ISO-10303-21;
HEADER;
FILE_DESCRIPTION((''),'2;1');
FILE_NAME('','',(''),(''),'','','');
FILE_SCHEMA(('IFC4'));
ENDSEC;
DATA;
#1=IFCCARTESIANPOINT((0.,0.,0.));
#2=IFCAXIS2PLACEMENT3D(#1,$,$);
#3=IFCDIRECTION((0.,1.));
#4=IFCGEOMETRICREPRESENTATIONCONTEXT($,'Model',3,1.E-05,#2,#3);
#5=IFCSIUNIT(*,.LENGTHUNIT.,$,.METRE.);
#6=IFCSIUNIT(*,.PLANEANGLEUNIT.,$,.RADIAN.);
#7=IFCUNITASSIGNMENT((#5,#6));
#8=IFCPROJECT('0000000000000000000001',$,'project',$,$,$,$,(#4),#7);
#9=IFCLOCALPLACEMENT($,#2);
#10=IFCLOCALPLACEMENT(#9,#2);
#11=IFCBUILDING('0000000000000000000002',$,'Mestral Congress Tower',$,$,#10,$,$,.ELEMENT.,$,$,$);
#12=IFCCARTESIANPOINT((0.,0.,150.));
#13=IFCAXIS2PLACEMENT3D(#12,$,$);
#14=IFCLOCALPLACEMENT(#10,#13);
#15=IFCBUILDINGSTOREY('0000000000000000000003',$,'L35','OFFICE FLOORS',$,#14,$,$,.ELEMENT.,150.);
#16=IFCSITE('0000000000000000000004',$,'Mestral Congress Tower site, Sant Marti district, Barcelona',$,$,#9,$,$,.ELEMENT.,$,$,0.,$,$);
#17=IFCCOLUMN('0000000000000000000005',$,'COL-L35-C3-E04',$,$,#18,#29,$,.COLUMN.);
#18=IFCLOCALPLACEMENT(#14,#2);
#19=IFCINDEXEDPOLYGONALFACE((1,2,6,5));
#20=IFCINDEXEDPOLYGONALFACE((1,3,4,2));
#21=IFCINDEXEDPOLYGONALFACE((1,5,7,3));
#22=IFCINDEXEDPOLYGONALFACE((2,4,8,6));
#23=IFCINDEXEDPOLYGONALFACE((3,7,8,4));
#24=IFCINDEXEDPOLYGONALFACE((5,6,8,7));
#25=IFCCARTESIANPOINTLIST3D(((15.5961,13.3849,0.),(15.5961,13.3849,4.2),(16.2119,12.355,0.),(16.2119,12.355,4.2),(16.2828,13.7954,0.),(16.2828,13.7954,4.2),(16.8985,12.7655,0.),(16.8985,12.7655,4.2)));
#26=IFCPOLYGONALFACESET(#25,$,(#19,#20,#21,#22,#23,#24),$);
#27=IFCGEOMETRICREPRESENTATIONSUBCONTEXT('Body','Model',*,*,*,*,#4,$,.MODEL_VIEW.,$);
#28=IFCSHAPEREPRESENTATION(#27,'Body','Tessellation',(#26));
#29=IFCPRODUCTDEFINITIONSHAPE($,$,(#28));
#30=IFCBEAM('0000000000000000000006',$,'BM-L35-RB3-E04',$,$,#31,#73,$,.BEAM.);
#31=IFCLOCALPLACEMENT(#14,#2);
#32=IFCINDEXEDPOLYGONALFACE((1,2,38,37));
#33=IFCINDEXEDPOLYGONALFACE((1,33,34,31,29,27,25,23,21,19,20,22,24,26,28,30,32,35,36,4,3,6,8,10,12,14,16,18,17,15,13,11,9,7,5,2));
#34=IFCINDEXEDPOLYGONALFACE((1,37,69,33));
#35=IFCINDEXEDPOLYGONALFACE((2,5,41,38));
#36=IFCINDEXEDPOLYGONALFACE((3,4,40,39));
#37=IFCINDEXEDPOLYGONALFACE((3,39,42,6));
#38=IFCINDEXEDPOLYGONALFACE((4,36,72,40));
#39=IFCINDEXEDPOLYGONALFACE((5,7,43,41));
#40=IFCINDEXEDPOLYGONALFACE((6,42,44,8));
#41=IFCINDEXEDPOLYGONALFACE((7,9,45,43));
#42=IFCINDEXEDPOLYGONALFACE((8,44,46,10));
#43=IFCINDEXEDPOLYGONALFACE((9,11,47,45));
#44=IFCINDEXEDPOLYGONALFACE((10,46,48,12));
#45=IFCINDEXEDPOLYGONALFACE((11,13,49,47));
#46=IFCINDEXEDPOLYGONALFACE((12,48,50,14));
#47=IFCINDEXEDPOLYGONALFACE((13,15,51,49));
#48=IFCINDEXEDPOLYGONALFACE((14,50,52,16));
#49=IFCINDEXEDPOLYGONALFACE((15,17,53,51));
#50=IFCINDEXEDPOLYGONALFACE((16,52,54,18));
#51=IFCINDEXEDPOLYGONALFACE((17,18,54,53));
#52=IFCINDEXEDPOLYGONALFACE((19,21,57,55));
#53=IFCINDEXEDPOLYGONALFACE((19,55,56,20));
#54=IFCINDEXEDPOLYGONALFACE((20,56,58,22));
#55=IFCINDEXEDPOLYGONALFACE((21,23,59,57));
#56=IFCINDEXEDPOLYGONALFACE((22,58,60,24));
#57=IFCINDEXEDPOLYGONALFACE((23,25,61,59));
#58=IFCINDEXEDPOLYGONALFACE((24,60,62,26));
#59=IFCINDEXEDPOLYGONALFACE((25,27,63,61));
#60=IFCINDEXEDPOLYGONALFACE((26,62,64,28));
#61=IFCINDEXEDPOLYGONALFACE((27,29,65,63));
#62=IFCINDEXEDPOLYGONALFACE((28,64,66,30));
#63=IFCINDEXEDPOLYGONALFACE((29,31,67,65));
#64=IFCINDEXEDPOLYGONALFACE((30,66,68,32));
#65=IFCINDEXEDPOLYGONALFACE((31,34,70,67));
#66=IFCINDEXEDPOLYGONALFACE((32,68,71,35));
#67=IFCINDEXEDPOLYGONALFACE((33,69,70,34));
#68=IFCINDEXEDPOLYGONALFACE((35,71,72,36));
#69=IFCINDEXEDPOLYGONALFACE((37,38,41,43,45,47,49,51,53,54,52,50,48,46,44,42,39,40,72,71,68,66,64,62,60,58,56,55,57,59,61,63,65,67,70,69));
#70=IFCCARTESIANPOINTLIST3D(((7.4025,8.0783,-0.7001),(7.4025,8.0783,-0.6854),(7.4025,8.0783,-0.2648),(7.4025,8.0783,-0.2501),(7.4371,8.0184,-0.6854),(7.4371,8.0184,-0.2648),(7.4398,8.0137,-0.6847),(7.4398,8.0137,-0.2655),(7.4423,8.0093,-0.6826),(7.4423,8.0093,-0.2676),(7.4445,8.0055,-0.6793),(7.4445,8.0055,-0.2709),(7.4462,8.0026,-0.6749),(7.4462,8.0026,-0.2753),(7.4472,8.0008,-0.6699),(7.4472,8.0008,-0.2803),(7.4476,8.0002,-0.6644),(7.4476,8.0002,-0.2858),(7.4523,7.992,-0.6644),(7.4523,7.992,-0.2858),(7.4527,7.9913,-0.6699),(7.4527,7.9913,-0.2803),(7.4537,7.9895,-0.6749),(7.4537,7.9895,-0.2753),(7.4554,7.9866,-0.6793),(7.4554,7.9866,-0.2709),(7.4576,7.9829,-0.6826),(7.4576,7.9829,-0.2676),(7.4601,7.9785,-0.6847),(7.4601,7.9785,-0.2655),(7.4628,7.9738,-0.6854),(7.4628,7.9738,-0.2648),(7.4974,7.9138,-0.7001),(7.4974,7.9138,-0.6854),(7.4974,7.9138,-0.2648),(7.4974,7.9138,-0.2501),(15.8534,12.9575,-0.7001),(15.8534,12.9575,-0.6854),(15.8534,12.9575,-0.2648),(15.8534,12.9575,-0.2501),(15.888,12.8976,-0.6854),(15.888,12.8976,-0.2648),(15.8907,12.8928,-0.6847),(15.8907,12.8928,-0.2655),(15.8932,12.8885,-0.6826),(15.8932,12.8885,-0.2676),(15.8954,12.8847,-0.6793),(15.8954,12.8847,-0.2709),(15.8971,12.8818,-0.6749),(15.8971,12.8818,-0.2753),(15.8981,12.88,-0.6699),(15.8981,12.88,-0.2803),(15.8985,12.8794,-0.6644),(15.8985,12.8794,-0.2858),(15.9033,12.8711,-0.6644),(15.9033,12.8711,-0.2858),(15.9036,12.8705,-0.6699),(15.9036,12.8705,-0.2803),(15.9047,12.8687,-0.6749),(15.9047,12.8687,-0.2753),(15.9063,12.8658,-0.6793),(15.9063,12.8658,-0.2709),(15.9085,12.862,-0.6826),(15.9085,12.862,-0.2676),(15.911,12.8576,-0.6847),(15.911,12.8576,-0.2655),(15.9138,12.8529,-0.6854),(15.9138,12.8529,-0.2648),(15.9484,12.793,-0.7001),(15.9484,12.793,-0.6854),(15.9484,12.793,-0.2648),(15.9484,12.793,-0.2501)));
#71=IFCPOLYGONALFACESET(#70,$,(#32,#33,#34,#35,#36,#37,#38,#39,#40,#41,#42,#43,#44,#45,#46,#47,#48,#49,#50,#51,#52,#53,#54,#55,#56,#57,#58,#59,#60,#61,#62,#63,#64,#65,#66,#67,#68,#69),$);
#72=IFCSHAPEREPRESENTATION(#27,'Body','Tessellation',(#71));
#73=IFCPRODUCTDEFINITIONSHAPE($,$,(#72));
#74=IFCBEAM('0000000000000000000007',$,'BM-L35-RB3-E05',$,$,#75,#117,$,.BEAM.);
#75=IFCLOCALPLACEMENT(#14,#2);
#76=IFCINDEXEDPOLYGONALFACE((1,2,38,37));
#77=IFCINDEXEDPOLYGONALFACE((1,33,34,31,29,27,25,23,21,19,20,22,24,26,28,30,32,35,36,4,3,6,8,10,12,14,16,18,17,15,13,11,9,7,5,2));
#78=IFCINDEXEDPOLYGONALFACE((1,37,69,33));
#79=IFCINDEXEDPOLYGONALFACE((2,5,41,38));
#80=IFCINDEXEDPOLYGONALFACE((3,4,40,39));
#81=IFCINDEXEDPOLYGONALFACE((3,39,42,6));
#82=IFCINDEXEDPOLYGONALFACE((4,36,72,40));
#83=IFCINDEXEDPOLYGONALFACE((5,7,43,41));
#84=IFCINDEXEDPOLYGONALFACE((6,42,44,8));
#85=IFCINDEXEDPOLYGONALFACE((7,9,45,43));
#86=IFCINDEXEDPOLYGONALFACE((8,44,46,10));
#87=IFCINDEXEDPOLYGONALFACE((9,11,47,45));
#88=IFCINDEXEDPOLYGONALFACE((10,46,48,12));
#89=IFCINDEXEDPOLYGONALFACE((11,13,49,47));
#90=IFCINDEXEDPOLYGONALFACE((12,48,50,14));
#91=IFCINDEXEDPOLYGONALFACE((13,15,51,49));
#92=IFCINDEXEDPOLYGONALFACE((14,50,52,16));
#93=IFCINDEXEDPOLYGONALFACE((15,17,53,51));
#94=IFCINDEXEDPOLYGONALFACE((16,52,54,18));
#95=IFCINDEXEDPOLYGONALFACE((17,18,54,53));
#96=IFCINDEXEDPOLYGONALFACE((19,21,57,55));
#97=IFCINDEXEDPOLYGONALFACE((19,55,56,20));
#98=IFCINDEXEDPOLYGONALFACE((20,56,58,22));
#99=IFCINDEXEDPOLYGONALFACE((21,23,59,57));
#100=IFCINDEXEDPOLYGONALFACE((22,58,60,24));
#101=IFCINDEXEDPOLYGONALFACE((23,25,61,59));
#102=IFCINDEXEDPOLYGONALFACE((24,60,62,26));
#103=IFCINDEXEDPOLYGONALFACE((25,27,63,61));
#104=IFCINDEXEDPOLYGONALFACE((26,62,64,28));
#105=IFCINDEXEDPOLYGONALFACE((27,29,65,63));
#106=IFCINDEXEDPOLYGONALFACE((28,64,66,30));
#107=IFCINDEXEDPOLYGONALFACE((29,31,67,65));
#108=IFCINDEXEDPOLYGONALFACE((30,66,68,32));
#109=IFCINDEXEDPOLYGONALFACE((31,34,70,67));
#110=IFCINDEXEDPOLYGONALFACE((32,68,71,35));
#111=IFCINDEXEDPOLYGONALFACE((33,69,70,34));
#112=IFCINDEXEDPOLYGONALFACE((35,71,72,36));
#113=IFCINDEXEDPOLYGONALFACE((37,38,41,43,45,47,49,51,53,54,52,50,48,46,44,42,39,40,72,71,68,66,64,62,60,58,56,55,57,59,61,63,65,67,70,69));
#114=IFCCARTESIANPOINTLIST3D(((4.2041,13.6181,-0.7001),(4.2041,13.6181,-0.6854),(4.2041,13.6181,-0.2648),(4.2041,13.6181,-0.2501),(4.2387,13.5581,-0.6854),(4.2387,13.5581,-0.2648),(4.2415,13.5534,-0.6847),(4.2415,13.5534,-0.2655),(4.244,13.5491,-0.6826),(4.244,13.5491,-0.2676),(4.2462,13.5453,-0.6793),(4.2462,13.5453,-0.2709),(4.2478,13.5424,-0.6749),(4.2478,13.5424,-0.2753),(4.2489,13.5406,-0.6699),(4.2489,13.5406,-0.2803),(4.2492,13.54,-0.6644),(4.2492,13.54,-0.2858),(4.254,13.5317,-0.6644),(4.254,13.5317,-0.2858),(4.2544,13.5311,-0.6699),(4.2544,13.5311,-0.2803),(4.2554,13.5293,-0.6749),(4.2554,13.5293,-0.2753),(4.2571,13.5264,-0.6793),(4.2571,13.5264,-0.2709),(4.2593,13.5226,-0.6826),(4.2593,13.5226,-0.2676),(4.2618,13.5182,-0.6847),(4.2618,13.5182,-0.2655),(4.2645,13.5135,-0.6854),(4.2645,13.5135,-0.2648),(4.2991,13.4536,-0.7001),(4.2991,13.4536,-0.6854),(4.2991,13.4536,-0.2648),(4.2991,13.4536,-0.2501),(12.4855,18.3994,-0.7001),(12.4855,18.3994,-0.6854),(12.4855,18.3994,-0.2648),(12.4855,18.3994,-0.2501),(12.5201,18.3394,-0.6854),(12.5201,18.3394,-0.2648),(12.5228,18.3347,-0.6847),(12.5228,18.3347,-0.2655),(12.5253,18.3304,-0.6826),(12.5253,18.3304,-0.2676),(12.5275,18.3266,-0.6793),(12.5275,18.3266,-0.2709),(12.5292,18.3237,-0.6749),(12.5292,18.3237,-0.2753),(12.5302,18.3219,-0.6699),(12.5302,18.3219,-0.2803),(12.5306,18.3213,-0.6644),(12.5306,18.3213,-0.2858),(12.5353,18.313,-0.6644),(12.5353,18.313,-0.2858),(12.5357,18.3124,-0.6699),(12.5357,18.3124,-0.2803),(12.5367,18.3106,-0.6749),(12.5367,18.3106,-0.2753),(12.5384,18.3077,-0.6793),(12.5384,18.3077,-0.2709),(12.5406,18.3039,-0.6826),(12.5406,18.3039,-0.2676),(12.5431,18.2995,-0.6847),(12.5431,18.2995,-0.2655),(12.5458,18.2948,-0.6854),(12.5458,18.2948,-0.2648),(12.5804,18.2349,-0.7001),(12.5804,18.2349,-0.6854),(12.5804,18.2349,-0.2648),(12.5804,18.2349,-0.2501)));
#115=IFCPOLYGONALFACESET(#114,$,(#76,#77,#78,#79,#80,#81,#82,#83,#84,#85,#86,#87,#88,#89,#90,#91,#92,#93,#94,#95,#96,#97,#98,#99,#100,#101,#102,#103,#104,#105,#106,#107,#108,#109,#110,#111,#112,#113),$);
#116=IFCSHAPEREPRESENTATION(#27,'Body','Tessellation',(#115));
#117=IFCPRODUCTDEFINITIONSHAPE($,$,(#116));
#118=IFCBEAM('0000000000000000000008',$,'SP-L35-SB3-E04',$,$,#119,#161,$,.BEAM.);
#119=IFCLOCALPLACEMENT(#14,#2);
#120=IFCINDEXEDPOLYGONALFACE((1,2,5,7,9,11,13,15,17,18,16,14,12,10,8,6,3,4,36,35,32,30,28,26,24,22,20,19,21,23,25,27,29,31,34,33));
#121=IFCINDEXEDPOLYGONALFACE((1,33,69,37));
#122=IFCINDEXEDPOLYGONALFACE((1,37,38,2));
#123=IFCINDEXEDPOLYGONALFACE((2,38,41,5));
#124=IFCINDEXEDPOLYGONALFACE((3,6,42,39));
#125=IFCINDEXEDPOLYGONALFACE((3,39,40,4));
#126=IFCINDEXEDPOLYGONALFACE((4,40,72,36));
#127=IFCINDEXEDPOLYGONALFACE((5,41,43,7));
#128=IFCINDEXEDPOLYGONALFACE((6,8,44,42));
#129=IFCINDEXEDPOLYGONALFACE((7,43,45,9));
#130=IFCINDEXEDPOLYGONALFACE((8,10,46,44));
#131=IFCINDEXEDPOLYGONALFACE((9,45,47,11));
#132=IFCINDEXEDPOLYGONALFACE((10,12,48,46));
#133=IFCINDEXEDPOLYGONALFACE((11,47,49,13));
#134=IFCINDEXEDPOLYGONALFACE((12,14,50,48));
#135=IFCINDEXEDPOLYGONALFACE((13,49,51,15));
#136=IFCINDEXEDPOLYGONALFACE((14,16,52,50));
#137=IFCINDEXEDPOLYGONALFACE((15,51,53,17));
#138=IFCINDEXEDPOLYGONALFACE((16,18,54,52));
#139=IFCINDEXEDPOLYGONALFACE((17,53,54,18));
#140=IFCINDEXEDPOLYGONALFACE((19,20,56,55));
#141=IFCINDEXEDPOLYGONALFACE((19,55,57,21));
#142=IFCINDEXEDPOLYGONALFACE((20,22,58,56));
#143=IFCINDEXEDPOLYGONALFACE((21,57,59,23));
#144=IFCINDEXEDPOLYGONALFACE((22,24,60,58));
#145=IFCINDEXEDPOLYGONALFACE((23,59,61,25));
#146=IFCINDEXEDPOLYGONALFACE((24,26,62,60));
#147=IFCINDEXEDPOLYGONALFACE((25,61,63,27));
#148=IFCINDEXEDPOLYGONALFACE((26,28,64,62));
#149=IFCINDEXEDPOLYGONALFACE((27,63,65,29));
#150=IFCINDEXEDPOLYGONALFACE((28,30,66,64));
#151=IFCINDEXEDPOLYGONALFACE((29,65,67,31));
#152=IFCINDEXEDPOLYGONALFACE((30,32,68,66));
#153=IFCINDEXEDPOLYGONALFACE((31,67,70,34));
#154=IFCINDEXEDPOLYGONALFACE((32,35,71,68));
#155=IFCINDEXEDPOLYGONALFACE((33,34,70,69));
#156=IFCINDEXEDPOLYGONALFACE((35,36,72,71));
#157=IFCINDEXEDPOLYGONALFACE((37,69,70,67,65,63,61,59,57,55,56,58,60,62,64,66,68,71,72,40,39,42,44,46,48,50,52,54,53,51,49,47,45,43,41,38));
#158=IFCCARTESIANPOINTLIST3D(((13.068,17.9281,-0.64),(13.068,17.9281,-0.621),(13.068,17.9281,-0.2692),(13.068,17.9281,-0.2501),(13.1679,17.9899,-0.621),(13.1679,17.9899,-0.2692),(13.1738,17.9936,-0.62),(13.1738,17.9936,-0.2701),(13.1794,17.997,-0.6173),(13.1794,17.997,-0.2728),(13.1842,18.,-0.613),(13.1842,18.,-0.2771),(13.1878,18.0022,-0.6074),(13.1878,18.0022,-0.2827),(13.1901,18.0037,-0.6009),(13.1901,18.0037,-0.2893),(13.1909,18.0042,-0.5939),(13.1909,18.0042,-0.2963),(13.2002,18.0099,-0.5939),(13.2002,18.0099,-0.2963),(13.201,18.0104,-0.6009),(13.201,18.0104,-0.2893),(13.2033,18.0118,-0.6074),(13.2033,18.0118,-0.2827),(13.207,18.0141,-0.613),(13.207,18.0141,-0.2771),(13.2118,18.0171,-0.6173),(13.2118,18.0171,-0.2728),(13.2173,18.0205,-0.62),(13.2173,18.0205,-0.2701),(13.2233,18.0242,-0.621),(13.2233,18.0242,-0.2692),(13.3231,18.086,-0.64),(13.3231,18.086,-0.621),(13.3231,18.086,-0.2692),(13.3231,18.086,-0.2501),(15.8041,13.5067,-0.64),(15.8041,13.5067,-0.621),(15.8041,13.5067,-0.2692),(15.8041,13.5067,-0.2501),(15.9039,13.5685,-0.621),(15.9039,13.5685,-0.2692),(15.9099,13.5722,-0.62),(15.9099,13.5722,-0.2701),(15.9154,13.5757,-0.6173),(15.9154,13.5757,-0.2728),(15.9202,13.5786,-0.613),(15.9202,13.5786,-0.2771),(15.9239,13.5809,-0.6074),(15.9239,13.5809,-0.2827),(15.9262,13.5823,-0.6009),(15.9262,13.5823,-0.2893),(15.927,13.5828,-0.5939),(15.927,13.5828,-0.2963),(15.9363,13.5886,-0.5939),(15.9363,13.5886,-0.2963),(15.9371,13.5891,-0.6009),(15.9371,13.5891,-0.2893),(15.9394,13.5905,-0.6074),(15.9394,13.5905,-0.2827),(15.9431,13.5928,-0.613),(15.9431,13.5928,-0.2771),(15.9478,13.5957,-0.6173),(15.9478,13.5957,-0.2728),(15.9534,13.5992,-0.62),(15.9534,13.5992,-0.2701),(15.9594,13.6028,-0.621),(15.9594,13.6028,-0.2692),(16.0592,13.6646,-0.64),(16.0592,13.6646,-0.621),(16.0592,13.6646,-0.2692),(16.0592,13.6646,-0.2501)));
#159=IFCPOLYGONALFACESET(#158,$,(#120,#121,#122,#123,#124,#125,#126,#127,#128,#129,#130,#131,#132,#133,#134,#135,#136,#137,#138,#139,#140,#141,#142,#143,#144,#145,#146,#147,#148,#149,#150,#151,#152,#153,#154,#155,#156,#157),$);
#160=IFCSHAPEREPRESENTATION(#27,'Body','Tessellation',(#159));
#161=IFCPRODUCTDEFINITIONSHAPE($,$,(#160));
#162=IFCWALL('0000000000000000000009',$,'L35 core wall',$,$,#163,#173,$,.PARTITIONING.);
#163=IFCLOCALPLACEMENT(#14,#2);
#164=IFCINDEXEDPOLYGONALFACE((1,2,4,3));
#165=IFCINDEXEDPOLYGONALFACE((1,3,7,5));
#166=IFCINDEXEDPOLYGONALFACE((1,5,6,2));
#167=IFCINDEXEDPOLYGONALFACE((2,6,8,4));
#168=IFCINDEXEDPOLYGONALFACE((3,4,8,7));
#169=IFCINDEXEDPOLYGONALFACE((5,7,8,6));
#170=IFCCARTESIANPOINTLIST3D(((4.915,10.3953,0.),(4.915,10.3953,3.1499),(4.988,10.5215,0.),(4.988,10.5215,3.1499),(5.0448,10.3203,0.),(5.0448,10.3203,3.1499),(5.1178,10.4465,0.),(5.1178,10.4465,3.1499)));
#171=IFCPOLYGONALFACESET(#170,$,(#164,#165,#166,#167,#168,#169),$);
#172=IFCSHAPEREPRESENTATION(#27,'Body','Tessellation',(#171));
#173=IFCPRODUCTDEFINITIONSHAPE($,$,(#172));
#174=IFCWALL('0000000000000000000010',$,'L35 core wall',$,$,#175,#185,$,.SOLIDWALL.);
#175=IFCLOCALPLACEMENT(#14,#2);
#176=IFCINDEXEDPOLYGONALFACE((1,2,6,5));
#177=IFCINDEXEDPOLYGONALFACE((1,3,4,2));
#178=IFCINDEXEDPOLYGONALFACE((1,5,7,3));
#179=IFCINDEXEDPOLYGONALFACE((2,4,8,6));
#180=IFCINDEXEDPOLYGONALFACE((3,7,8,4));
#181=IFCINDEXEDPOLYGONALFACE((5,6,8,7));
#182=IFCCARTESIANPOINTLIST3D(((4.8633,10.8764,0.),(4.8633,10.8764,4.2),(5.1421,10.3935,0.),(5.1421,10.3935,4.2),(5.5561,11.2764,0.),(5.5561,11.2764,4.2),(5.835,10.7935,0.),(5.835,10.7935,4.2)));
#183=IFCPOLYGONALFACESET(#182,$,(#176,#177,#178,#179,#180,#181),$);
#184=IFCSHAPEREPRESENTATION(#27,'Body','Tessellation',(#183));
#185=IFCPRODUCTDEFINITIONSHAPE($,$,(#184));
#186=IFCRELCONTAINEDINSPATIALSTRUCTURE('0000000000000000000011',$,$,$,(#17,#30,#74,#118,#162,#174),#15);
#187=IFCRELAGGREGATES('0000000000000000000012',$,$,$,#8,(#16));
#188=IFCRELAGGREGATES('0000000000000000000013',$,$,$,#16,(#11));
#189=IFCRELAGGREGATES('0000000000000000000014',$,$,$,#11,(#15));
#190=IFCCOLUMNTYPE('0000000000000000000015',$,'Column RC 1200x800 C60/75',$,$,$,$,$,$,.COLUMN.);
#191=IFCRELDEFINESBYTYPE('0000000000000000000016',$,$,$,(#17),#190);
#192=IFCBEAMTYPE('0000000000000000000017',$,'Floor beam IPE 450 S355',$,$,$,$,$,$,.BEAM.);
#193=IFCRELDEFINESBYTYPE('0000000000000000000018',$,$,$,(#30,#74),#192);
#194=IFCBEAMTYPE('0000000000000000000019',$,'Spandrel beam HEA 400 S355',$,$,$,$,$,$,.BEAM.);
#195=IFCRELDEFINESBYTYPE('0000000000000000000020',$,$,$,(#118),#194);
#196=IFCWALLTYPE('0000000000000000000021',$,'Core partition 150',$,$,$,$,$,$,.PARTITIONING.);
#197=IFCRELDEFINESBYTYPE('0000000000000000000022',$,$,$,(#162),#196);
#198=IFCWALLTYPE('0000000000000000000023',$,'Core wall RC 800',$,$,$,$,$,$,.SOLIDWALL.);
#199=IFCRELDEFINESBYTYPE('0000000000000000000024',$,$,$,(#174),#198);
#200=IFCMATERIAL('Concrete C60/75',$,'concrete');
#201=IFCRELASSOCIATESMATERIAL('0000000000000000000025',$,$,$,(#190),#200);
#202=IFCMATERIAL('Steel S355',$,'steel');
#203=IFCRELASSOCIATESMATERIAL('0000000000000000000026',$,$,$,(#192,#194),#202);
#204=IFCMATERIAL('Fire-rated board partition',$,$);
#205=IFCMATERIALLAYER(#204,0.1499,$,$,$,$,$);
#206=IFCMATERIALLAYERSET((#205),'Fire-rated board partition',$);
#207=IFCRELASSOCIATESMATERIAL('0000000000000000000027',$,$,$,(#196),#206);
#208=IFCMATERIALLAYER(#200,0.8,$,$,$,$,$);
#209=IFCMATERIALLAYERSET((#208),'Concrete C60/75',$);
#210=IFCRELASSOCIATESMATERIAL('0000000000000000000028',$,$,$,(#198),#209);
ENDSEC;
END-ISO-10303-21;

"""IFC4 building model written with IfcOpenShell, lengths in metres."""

from ifc_helpers import new_model, si_unit, direction, frame, frame_2d, origin, origin_2d, place, context, subcontext, project, spatial, rectangle, i_section, extrude, material, layer, layer_set, material_profile, profile_set, type_object, element, save


model = new_model("IFC4")

# Units and contexts
model_context = context("Model", 3, precision=1e-05, world=origin(), true_north=direction((0.0, 1.0)))
body_context = subcontext(model_context, "Body", "Model", "MODEL_VIEW")
ifc_project = project(units=[si_unit("LENGTHUNIT", "METRE"), si_unit("PLANEANGLEUNIT", "RADIAN")], contexts=[model_context])

# Site, building, storey
site_placement = place(None, origin())
site = spatial("IfcSite", under=ifc_project, at=site_placement, Name="Mestral Congress Tower site, Sant Marti district, Barcelona", CompositionType="ELEMENT", RefElevation=0.0)
building_placement = place(site_placement, origin())
building = spatial("IfcBuilding", under=site, at=building_placement, Name="Mestral Congress Tower", CompositionType="ELEMENT")
storey_placement = place(building_placement, frame((0.0, 0.0, 150.0)))
storey = spatial("IfcBuildingStorey", under=building, at=storey_placement, Name="L35", Description="OFFICE FLOORS", CompositionType="ELEMENT", Elevation=150.0)

# Column
ifc_material_1 = material(Name="Concrete C60/75", Category="concrete")
ifc_material_profile_1 = material_profile(ifc_material_1, rectangle(XDim=1.2, YDim=0.8, at=origin_2d()), Name="RC 1200x800")
ifc_profile_set_1 = profile_set([ifc_material_profile_1], Name="Concrete C60/75")
column_type = type_object("IfcColumnType", Name="Column RC 1200x800 C60/75", PredefinedType="COLUMN", material=ifc_profile_set_1)
column_placement = place(storey_placement, frame((16.2473, 13.0752, 0.0), z_axis=(0.0, 0.0, 1.0), x_axis=(-0.513159, 0.858293, 0.0)))
element("IfcColumn", 1, at=column_placement, inside=storey, type_object=column_type, Name="COL-L35-C3-E04", PredefinedType="COLUMN", context=body_context, shape_type="SweptSolid", body=[
    extrude(rectangle(XDim=1.2, YDim=0.8, at=origin_2d()), origin(), (0.0, 0.0, 1.0), 4.2),
])

# Beams
ifc_material_2 = material(Name="Steel S355", Category="steel")
ifc_material_profile_2 = material_profile(ifc_material_2, i_section(OverallWidth=0.1899, OverallDepth=0.45, WebThickness=0.0095, FlangeThickness=0.0146, FilletRadius=0.021, at=origin_2d()), Name="IPE 450")
ifc_profile_set_2 = profile_set([ifc_material_profile_2], Name="Steel S355")
beam_type_1 = type_object("IfcBeamType", Name="Floor beam IPE 450 S355", PredefinedType="BEAM", material=ifc_profile_set_2)
beam_1_placement = place(storey_placement, frame((15.9009, 12.8752, -0.4751), z_axis=(-0.866025, -0.5, 0.0), x_axis=(0.5, -0.866025, 0.0)))
element("IfcBeam", 2, at=beam_1_placement, inside=storey, type_object=beam_type_1, Name="BM-L35-RB3-E04", PredefinedType="BEAM", context=body_context, shape_type="SweptSolid", body=[
    extrude(i_section(OverallWidth=0.1899, OverallDepth=0.45, WebThickness=0.0095, FlangeThickness=0.0146, FilletRadius=0.021, at=origin_2d()), origin(), (0.0, 0.0, 1.0), 9.7583),
])
beam_2_placement = place(storey_placement, frame((12.533, 18.3171, -0.4751), z_axis=(-0.866022, -0.500005, 0.0), x_axis=(0.500005, -0.866022, 0.0)))
element("IfcBeam", 3, at=beam_2_placement, inside=storey, type_object=beam_type_1, Name="BM-L35-RB3-E05", PredefinedType="BEAM", context=body_context, shape_type="SweptSolid", body=[
    extrude(i_section(OverallWidth=0.1899, OverallDepth=0.45, WebThickness=0.0095, FlangeThickness=0.0146, FilletRadius=0.021, at=origin_2d()), origin(), (0.0, 0.0, 1.0), 9.5625),
])
ifc_material_profile_3 = material_profile(ifc_material_2, i_section(OverallWidth=0.3, OverallDepth=0.3899, WebThickness=0.011, FlangeThickness=0.019, FilletRadius=0.0271, at=origin_2d()), Name="HEA 400")
ifc_profile_set_3 = profile_set([ifc_material_profile_3], Name="Steel S355")
beam_type_2 = type_object("IfcBeamType", Name="Spandrel beam HEA 400 S355", PredefinedType="BEAM", material=ifc_profile_set_3)
beam_3_placement = place(storey_placement, frame((15.9316, 13.5857, -0.4451), z_axis=(-0.52622, 0.850348, 0.0), x_axis=(-0.850348, -0.52622, 0.0)))
element("IfcBeam", 4, at=beam_3_placement, inside=storey, type_object=beam_type_2, Name="SP-L35-SB3-E04", PredefinedType="BEAM", context=body_context, shape_type="SweptSolid", body=[
    extrude(i_section(OverallWidth=0.3, OverallDepth=0.3899, WebThickness=0.011, FlangeThickness=0.019, FilletRadius=0.0271, at=origin_2d()), origin(), (0.0, 0.0, 1.0), 5.1995),
])

# Walls
ifc_material_3 = material(Name="Fire-rated board partition")
ifc_layer_1 = layer(ifc_material_3, 0.1499)
ifc_layer_set_1 = layer_set([ifc_layer_1], Name="Fire-rated board partition")
wall_type_1 = type_object("IfcWallType", Name="Core partition 150", PredefinedType="PARTITIONING", material=ifc_layer_set_1)
wall_1_placement = place(storey_placement, frame((4.98, 10.3579, 0.0), z_axis=(0.0, 0.0, 1.0), x_axis=(0.50064, 0.865655, 0.0)))
element("IfcWall", 5, at=wall_1_placement, inside=storey, type_object=wall_type_1, Name="L35 core wall", PredefinedType="PARTITIONING", context=body_context, shape_type="SweptSolid", body=[
    extrude(rectangle(XDim=0.1458, YDim=0.1499, at=frame_2d((0.0728, 0.0))), origin(), (0.0, 0.0, 1.0), 3.1499),
])
ifc_layer_2 = layer(ifc_material_1, 0.8)
ifc_layer_set_2 = layer_set([ifc_layer_2], Name="Concrete C60/75")
wall_type_2 = type_object("IfcWallType", Name="Core wall RC 800", PredefinedType="SOLIDWALL", material=ifc_layer_set_2)
wall_2_placement = place(storey_placement, frame((5.4885, 10.5935, 0.0), z_axis=(0.0, 0.0, 1.0), x_axis=(-0.5, 0.866025, 0.0)))
element("IfcWall", 6, at=wall_2_placement, inside=storey, type_object=wall_type_2, Name="L35 core wall", PredefinedType="SOLIDWALL", context=body_context, shape_type="SweptSolid", body=[
    extrude(rectangle(XDim=0.5576, YDim=0.8, at=frame_2d((0.2788, 0.0))), origin(), (0.0, 0.0, 1.0), 4.2),
])

save(model, "model.ifc")
